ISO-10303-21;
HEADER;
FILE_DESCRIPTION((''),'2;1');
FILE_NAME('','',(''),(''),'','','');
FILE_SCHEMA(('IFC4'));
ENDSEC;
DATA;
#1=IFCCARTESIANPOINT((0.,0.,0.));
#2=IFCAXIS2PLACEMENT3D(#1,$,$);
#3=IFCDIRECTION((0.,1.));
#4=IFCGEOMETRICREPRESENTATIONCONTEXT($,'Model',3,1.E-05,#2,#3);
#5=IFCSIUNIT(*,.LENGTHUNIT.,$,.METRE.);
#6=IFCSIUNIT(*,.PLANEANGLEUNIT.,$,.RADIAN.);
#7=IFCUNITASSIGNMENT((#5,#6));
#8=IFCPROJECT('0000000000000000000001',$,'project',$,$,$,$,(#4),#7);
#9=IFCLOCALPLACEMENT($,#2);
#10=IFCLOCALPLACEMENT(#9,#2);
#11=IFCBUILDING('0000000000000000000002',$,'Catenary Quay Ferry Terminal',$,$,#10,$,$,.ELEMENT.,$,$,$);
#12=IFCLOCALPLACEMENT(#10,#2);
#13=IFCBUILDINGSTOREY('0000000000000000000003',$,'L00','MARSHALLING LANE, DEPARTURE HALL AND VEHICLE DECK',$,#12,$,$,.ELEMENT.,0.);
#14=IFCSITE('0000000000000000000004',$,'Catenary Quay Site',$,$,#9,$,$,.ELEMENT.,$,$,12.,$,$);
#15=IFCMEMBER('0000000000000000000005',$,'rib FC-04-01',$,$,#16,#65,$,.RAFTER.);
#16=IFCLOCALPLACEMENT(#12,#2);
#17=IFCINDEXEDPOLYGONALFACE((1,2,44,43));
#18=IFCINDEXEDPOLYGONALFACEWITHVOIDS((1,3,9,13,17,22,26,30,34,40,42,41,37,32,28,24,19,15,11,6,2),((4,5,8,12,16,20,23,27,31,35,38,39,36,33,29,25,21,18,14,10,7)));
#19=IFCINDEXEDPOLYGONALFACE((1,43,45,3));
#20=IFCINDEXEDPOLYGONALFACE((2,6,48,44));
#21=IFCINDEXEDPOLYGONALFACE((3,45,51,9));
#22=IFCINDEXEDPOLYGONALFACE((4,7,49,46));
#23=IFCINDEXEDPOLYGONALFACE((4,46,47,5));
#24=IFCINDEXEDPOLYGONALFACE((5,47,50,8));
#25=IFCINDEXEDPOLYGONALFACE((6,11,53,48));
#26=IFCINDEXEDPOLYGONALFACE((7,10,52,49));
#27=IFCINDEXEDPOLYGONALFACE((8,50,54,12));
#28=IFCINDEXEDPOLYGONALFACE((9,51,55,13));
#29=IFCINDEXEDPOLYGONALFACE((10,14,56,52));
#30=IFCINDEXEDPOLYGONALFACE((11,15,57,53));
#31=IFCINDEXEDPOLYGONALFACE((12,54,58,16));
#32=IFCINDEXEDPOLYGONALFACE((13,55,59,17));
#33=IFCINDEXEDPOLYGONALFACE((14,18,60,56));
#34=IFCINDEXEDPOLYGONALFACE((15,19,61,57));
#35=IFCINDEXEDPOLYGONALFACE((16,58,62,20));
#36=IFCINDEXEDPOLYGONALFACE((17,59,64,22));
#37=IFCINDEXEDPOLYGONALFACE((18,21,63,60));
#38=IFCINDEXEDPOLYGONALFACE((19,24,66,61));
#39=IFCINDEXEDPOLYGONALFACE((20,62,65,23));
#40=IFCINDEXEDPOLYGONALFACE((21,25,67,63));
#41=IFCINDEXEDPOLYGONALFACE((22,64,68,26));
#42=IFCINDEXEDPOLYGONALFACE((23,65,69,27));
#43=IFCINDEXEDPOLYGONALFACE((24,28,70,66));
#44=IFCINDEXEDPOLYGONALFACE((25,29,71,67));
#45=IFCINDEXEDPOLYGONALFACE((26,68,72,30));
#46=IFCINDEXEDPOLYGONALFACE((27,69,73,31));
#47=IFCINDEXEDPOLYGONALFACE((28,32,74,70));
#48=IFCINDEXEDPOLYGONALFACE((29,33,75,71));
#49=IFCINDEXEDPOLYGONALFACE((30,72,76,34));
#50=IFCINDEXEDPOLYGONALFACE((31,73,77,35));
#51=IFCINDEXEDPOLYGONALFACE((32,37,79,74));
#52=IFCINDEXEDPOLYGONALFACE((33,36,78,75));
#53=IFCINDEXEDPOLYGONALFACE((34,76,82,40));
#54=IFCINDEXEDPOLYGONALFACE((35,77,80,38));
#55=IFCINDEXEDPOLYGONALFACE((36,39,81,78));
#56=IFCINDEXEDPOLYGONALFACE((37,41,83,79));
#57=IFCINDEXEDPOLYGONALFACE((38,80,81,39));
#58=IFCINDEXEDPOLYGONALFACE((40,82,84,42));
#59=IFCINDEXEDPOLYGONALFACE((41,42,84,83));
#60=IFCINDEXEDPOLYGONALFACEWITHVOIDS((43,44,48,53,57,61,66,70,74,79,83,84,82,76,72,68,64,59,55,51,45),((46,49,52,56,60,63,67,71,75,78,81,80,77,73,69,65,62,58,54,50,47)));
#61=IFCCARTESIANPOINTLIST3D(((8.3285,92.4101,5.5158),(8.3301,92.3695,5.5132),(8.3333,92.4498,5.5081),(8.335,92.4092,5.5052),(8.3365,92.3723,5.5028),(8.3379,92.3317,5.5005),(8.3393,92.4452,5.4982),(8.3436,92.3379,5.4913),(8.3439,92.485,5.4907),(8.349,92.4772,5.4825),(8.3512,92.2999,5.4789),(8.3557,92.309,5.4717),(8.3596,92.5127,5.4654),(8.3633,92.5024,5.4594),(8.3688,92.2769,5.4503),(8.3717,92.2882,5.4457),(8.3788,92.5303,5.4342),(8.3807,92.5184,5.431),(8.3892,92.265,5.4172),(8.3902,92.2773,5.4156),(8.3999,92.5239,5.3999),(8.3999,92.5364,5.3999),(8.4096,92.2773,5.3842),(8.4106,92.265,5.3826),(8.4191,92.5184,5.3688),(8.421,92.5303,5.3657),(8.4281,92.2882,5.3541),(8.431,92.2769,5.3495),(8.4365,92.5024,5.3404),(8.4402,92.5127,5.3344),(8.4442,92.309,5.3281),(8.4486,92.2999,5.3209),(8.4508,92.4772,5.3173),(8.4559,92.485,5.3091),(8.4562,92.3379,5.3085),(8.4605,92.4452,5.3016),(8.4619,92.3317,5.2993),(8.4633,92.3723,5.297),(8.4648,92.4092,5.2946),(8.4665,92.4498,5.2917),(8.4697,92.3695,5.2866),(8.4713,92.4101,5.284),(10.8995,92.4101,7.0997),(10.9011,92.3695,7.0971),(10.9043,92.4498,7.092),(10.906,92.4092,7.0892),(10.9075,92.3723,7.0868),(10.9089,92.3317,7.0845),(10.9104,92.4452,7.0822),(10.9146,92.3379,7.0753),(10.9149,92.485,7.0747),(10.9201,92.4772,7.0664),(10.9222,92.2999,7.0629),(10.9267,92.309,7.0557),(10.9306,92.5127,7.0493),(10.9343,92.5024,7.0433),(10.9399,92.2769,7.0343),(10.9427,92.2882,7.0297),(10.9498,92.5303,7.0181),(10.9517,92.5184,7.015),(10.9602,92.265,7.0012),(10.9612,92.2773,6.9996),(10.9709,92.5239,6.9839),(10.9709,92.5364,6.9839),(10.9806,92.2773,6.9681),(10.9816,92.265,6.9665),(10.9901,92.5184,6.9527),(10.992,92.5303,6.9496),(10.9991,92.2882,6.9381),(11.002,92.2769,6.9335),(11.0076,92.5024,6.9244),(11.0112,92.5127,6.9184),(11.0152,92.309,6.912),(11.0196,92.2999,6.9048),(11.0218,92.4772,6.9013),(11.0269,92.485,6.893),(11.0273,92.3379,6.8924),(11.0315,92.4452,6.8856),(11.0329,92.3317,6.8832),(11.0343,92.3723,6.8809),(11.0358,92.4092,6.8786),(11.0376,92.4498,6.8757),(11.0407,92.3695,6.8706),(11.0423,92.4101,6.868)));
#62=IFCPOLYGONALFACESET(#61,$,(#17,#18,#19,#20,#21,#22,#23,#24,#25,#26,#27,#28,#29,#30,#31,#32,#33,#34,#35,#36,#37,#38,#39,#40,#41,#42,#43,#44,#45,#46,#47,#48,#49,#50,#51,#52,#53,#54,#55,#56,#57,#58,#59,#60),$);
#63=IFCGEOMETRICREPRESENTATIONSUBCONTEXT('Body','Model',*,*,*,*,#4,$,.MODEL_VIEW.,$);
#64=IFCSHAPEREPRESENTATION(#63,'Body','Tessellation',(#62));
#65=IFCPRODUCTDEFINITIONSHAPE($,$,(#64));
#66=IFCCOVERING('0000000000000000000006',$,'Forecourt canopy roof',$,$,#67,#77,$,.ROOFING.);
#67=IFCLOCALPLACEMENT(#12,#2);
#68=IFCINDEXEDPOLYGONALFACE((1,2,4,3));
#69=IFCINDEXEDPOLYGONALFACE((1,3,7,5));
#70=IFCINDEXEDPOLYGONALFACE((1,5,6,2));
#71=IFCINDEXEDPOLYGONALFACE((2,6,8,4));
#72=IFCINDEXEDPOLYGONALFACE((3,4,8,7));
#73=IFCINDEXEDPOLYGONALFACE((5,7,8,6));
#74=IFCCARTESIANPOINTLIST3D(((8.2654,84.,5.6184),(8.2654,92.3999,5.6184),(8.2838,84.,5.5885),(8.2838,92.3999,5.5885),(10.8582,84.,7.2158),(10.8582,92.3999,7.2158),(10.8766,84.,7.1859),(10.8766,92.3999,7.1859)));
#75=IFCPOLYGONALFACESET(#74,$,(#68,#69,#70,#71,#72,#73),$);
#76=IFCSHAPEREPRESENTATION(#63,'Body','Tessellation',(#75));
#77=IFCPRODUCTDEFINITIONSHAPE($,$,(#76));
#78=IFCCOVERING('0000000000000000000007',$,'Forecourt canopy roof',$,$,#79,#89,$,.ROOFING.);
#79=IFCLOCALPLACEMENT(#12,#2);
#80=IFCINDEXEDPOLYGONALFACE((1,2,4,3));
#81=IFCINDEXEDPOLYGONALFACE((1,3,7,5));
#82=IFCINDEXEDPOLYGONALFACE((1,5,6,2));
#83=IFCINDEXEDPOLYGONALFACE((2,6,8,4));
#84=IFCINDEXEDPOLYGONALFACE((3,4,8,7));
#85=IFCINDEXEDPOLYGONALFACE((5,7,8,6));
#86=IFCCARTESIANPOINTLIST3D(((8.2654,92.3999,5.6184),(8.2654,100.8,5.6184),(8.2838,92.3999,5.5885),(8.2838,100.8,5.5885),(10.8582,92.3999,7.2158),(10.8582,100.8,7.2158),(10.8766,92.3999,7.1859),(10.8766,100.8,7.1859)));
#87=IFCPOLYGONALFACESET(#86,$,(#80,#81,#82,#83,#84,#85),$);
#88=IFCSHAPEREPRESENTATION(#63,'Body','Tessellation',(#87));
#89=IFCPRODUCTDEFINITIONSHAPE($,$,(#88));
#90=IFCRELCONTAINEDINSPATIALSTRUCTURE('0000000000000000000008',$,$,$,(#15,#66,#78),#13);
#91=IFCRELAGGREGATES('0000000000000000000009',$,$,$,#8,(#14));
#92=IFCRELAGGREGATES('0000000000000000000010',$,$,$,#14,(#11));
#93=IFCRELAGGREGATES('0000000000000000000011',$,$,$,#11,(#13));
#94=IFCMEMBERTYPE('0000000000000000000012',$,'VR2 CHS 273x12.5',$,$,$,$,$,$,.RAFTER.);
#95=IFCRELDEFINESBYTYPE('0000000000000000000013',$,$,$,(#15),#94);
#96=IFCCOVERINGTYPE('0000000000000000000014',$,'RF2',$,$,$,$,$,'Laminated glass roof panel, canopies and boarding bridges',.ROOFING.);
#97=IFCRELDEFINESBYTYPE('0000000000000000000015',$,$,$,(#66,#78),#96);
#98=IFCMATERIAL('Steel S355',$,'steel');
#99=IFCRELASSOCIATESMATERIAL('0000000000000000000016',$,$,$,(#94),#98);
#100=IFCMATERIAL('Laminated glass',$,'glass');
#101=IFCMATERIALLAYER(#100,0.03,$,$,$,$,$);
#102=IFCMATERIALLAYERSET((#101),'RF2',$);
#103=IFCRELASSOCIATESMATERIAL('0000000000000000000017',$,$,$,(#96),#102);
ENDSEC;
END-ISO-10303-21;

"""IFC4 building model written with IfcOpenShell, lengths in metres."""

from ifc_helpers import new_model, si_unit, direction, frame, origin, origin_2d, place, context, subcontext, project, spatial, polyline, hollow_circle, outline, extrude, material, layer, layer_set, material_profile, profile_set, type_object, element, save


model = new_model("IFC4")

# Units and contexts
model_context = context("Model", 3, precision=1e-05, world=origin(), true_north=direction((0.0, 1.0)))
body_context = subcontext(model_context, "Body", "Model", "MODEL_VIEW")
ifc_project = project(units=[si_unit("LENGTHUNIT", "METRE"), si_unit("PLANEANGLEUNIT", "RADIAN")], contexts=[model_context])

# Site, building, storey
site_placement = place(None, origin())
site = spatial("IfcSite", under=ifc_project, at=site_placement, Name="Catenary Quay Site", CompositionType="ELEMENT", RefElevation=12.0)
building_placement = place(site_placement, origin())
building = spatial("IfcBuilding", under=site, at=building_placement, Name="Catenary Quay Ferry Terminal", CompositionType="ELEMENT")
storey_placement = place(building_placement, origin())
storey = spatial("IfcBuildingStorey", under=building, at=storey_placement, Name="L00", Description="MARSHALLING LANE, DEPARTURE HALL AND VEHICLE DECK", CompositionType="ELEMENT", Elevation=0.0)

# Member
ifc_material_1 = material(Name="Steel S355", Category="steel")
ifc_material_profile_1 = material_profile(ifc_material_1, hollow_circle(Radius=0.1365, WallThickness=0.0125, at=origin_2d()), Name="CHS 273x12.5")
ifc_profile_set_1 = profile_set([ifc_material_profile_1], Name="Steel S355")
member_type_1 = type_object("IfcMemberType", Name="VR2 CHS 273x12.5", PredefinedType="RAFTER", material=ifc_profile_set_1)
for number, where, z_axis, x_axis, name in (
    (1, (8.3999, 92.3999, 5.3999), (0.851392, 0.0, 0.52453), (0.0, 1.0, 0.0), "rib FC-04-01"),
):
    element("IfcMember", number, at=place(storey_placement, frame(where, z_axis=z_axis, x_axis=x_axis)), inside=storey, type_object=member_type_1, Name=name, PredefinedType="RAFTER", context=body_context, shape_type="SweptSolid", body=[
        extrude(hollow_circle(Radius=0.1365, WallThickness=0.0125, at=origin_2d()), origin(), (0.0, 0.0, 1.0), 3.0198),
    ])

# Coverings
ifc_material_2 = material(Name="Laminated glass", Category="glass")
ifc_layer = layer(ifc_material_2, 0.03)
ifc_layer_set = layer_set([ifc_layer], Name="RF2")
covering_type = type_object("IfcCoveringType", Name="RF2", ElementType="Laminated glass roof panel, canopies and boarding bridges", PredefinedType="ROOFING", material=ifc_layer_set)
covering_1_placement = place(storey_placement, frame((8.2654, 84.0, 5.6184), z_axis=(-0.52454, 0.0, 0.851386), x_axis=(0.0, 1.0, 0.0)))
element("IfcCovering", 2, at=covering_1_placement, inside=storey, type_object=covering_type, Name="Forecourt canopy roof", PredefinedType="ROOFING", context=body_context, shape_type="SweptSolid", body=[
    extrude(outline(polyline([(0.0, 0.0), (8.3999, 0.0), (8.3999, -3.0454), (0.0, -3.0454), (0.0, 0.0)])), origin(), (0.0, 0.0, -1.0), 0.0352),
])
covering_2_placement = place(storey_placement, frame((8.2654, 92.3999, 5.6184), z_axis=(-0.52454, 0.0, 0.851386), x_axis=(0.0, 1.0, 0.0)))
element("IfcCovering", 3, at=covering_2_placement, inside=storey, type_object=covering_type, Name="Forecourt canopy roof", PredefinedType="ROOFING", context=body_context, shape_type="SweptSolid", body=[
    extrude(outline(polyline([(0.0, 0.0), (8.4001, 0.0), (8.4001, -3.0454), (0.0, -3.0454), (0.0, 0.0)])), origin(), (0.0, 0.0, -1.0), 0.0352),
])

save(model, "model.ifc")
